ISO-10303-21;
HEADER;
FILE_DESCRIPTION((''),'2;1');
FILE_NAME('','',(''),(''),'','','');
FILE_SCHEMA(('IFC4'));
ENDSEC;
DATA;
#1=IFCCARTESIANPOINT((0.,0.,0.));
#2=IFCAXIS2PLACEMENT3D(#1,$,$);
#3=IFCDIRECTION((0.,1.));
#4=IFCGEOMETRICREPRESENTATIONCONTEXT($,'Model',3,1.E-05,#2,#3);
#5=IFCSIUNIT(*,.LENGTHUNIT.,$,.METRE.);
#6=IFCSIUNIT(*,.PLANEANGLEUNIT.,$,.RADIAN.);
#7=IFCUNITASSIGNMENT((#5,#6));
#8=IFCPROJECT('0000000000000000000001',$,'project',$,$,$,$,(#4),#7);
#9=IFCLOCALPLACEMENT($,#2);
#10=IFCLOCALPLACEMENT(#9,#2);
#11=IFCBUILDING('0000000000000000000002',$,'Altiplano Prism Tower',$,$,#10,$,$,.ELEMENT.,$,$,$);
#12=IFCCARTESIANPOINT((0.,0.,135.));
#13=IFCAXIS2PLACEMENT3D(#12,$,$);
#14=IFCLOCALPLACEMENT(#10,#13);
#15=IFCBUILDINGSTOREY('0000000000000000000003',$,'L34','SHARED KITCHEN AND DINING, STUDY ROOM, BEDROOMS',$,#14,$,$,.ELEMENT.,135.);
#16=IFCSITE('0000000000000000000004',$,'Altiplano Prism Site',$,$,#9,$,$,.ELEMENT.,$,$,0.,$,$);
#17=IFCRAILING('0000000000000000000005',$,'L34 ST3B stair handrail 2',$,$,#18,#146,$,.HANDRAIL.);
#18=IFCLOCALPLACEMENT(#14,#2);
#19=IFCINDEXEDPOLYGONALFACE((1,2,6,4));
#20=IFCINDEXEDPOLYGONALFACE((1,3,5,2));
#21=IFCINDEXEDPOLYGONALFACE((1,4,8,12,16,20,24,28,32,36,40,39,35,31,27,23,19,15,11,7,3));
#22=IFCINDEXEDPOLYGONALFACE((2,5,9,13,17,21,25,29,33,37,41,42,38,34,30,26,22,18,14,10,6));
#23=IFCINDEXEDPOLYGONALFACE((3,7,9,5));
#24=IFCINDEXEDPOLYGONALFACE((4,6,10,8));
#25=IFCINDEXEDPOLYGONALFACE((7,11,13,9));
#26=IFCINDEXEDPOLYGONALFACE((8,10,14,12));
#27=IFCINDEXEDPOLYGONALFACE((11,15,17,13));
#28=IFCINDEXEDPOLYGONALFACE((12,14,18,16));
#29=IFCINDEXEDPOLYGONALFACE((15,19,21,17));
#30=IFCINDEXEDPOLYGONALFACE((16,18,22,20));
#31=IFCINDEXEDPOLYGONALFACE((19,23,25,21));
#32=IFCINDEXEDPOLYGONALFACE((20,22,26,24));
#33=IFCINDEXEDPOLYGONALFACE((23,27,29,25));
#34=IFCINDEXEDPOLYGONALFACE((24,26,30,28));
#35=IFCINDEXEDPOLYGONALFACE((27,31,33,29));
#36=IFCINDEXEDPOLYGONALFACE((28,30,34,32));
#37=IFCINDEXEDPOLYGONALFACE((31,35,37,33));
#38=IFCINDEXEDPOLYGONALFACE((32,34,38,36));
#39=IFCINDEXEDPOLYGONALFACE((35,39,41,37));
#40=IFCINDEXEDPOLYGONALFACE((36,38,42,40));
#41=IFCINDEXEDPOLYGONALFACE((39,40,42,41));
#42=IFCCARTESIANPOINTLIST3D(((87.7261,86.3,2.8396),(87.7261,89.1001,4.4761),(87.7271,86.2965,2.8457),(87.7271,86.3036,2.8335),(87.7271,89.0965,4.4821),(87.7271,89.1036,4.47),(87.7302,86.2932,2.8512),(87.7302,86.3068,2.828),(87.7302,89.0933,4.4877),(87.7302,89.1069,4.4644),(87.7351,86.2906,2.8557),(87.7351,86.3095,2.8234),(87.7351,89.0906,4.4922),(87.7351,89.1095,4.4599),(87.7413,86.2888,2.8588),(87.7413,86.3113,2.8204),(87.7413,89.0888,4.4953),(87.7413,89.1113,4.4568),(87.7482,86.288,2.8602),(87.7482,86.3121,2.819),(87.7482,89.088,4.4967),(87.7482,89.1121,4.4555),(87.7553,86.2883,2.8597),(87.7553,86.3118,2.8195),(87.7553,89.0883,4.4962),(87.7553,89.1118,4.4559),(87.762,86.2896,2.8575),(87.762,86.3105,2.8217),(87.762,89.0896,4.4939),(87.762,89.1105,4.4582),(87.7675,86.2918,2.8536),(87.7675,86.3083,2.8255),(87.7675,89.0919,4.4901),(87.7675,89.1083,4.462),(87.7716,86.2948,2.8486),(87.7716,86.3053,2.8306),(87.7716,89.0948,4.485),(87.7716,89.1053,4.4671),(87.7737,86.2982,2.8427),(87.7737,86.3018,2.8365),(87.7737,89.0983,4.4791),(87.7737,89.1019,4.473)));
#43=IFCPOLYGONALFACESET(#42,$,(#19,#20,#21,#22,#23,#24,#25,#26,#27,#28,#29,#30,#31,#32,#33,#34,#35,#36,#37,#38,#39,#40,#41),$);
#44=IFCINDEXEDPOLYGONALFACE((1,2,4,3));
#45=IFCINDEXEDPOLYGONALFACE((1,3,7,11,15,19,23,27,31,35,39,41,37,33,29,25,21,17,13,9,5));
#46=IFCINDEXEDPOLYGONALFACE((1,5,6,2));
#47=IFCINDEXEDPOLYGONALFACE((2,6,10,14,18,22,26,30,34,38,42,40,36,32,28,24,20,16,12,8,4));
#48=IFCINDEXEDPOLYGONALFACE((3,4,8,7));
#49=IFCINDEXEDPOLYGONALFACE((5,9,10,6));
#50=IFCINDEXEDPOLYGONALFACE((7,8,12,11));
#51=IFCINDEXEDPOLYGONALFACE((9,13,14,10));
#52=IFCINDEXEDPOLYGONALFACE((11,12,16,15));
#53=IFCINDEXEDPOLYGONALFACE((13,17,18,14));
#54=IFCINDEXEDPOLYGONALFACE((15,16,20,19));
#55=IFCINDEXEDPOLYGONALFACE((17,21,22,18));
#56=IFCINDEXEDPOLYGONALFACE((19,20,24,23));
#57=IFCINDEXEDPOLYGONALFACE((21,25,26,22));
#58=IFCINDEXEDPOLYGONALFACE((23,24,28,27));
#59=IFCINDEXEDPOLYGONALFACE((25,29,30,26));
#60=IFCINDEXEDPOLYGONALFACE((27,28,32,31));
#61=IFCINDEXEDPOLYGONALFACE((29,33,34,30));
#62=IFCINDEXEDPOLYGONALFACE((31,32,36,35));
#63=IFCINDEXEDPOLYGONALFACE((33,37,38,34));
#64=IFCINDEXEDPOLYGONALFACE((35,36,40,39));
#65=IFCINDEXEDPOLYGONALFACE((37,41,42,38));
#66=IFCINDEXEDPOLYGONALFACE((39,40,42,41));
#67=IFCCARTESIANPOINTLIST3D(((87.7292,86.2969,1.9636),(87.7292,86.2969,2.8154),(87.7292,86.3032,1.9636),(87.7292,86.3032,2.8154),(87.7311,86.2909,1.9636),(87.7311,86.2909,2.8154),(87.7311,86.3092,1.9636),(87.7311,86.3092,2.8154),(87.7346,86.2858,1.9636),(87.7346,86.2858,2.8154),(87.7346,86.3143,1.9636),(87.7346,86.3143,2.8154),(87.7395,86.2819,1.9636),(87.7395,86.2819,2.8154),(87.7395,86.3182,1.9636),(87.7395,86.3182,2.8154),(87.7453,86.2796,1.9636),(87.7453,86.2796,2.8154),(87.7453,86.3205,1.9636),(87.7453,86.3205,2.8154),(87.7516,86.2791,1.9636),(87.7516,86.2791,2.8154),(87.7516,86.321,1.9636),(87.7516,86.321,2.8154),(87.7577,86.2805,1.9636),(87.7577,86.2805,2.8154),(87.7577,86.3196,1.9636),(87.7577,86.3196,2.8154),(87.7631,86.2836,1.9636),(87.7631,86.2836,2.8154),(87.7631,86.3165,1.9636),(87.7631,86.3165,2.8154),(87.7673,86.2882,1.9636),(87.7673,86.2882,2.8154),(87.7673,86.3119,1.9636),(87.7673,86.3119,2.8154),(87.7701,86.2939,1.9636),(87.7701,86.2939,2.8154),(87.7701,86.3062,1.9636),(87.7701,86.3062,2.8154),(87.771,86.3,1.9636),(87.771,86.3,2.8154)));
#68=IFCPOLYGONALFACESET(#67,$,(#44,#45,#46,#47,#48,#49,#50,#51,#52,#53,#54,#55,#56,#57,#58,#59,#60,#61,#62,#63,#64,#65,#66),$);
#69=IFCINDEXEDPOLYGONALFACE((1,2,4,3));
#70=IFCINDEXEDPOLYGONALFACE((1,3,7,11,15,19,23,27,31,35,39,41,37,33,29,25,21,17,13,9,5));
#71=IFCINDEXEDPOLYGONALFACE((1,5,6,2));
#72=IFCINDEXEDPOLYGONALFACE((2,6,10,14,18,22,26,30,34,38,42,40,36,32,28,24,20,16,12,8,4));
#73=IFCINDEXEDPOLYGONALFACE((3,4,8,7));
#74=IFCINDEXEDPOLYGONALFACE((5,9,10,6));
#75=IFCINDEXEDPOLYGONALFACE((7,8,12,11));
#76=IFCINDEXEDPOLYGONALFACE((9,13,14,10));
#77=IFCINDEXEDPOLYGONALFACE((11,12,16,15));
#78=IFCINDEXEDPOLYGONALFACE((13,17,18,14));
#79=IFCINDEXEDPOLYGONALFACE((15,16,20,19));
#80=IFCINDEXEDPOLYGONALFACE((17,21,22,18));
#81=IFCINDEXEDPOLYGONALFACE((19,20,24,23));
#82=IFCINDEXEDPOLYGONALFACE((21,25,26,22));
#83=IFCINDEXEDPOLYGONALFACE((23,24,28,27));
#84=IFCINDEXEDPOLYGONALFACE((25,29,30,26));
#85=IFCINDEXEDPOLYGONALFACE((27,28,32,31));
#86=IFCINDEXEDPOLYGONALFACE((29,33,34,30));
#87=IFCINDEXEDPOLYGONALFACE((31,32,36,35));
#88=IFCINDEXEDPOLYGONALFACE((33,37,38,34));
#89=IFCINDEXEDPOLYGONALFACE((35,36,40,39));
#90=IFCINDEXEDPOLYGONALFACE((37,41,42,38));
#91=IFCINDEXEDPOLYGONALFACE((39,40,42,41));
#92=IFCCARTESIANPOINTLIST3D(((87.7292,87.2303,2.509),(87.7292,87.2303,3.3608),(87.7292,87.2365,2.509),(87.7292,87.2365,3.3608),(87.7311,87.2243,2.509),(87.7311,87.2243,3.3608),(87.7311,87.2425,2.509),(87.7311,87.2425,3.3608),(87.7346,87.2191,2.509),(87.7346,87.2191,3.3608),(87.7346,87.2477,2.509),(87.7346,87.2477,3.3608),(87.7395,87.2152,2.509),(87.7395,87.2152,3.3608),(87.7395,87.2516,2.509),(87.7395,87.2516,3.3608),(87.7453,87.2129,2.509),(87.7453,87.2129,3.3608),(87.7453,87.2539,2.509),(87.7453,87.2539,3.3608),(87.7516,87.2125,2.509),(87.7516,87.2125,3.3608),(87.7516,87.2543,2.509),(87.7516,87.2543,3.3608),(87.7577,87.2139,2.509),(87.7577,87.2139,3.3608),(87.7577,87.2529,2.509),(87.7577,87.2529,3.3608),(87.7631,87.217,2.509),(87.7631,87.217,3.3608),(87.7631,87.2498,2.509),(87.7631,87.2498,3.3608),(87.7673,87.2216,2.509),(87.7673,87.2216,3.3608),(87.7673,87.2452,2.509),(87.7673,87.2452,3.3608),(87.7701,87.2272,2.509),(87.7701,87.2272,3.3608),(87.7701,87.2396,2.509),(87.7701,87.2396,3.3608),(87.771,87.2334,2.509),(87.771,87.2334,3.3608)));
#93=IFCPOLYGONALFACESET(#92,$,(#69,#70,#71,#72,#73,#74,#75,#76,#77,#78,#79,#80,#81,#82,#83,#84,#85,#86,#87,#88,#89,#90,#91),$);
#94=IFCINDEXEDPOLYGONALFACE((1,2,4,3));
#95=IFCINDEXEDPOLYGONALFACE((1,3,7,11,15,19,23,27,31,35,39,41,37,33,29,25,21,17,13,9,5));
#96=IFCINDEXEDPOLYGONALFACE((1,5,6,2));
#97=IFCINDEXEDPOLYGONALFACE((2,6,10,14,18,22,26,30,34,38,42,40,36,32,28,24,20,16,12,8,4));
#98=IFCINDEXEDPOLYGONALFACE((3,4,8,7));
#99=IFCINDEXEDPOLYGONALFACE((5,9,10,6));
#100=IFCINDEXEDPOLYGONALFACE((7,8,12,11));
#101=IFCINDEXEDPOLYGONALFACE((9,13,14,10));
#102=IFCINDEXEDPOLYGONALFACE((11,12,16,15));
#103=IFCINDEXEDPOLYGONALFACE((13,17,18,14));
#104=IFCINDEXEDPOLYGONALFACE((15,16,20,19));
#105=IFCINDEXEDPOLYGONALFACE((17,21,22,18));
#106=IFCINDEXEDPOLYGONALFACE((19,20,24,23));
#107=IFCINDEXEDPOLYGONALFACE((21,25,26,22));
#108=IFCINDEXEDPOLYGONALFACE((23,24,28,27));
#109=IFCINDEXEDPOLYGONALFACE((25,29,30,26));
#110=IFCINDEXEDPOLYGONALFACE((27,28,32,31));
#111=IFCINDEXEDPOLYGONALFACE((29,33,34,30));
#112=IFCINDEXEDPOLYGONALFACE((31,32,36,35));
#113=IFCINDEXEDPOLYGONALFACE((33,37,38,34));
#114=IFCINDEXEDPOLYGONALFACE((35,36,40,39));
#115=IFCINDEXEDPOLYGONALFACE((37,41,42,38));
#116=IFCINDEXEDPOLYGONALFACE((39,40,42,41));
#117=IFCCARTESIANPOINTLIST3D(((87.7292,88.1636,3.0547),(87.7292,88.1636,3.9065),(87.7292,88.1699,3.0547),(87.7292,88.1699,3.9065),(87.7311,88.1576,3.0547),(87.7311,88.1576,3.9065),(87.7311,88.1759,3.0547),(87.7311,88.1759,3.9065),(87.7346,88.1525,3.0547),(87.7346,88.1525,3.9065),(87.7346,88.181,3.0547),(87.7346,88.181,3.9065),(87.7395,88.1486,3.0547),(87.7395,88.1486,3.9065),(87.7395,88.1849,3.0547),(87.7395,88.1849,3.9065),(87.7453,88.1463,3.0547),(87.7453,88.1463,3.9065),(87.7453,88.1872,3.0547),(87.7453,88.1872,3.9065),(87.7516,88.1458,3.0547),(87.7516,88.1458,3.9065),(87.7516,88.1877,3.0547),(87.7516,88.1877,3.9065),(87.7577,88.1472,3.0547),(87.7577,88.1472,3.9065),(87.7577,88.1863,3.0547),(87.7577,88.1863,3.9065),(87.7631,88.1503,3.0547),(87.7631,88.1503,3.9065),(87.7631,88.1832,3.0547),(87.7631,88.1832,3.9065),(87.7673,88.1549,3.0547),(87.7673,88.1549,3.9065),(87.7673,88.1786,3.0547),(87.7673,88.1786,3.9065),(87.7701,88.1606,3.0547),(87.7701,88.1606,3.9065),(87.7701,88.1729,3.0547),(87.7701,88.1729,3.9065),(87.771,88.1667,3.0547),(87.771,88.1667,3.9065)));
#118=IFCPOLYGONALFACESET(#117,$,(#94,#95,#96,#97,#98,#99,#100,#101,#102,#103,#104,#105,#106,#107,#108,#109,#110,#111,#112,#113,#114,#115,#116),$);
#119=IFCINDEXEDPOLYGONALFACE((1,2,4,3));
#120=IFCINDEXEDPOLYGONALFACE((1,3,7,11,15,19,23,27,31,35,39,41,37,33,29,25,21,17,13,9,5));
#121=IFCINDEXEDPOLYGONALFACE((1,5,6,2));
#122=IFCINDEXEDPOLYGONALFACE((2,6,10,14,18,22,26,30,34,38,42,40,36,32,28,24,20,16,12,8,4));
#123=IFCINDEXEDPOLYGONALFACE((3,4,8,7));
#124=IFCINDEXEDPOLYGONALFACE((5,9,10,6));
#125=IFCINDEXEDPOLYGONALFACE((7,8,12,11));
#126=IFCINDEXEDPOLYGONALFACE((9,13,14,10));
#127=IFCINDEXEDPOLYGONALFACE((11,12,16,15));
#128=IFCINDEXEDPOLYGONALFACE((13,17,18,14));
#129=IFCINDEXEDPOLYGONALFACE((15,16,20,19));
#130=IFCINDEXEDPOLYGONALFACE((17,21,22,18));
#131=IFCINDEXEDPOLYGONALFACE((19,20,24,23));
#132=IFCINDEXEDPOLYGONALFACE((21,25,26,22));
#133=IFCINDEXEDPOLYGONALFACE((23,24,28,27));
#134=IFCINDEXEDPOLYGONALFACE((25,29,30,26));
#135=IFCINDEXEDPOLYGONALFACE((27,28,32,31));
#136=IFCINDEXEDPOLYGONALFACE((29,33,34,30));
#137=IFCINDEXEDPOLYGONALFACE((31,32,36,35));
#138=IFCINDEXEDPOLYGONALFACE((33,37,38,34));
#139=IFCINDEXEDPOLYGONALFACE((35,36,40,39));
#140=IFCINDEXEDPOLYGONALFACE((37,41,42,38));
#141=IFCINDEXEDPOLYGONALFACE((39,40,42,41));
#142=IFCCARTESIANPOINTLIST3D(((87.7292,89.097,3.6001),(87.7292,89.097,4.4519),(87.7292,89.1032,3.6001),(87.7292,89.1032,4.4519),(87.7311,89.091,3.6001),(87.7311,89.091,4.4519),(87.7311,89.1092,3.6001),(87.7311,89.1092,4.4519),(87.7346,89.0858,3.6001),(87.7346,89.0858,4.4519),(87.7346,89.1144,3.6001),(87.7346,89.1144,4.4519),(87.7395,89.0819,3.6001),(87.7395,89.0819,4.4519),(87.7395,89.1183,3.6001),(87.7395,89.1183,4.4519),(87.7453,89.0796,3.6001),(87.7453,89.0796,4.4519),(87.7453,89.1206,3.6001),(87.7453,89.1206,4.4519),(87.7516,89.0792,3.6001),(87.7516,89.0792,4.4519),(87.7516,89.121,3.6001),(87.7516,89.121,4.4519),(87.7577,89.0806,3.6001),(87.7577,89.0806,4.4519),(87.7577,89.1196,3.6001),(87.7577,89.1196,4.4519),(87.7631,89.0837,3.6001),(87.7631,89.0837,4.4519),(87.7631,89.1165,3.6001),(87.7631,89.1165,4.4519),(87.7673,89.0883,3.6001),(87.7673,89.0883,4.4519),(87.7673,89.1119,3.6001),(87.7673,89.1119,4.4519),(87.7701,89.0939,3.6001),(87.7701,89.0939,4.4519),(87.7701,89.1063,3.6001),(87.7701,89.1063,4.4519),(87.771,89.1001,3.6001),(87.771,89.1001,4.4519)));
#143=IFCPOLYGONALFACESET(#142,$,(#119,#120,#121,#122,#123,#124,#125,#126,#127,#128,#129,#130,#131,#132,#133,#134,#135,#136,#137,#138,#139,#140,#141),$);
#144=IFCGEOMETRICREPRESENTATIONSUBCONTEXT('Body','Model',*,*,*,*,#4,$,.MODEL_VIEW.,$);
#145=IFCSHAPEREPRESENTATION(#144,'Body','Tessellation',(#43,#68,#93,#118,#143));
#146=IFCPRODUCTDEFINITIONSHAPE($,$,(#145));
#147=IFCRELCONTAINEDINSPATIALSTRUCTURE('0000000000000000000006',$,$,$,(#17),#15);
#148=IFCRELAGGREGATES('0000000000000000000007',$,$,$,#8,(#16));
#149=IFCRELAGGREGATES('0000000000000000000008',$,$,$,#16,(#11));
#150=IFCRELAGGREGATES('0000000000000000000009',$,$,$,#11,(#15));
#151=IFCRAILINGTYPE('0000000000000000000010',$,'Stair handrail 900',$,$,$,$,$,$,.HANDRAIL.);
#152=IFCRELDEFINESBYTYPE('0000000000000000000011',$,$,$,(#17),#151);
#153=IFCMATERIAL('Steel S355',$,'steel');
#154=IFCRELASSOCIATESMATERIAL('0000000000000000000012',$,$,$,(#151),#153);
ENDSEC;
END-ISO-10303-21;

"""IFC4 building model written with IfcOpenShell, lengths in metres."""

from ifc_helpers import new_model, si_unit, direction, frame, origin, origin_2d, place, context, subcontext, project, spatial, circle, extrude, material, type_object, element, save


model = new_model("IFC4")

# Units and contexts
model_context = context("Model", 3, precision=1e-05, world=origin(), true_north=direction((0.0, 1.0)))
body_context = subcontext(model_context, "Body", "Model", "MODEL_VIEW")
ifc_project = project(units=[si_unit("LENGTHUNIT", "METRE"), si_unit("PLANEANGLEUNIT", "RADIAN")], contexts=[model_context])

# Site, building, storey
site_placement = place(None, origin())
site = spatial("IfcSite", under=ifc_project, at=site_placement, Name="Altiplano Prism Site", CompositionType="ELEMENT", RefElevation=0.0)
building_placement = place(site_placement, origin())
building = spatial("IfcBuilding", under=site, at=building_placement, Name="Altiplano Prism Tower", CompositionType="ELEMENT")
storey_placement = place(building_placement, frame((0.0, 0.0, 135.0)))
storey = spatial("IfcBuildingStorey", under=building, at=storey_placement, Name="L34", Description="SHARED KITCHEN AND DINING, STUDY ROOM, BEDROOMS", CompositionType="ELEMENT", Elevation=135.0)

# Railing
ifc_material_1 = material(Name="Steel S355", Category="steel")
railing_type_1 = type_object("IfcRailingType", Name="Stair handrail 900", PredefinedType="HANDRAIL", material=ifc_material_1)
railing_1_placement = place(storey_placement, frame((87.75, 86.3, 1.9636)))
element("IfcRailing", 1, at=railing_1_placement, inside=storey, type_object=railing_type_1, Name="L34 ST3B stair handrail 2", PredefinedType="HANDRAIL", context=body_context, shape_type="SweptSolid", body=[
    extrude(circle(Radius=0.0239, at=origin_2d()), frame((0.0, 0.0, 0.876), z_axis=(0.0, 0.863361, 0.504587), x_axis=(-1.0, 0.0, 0.0)), (0.0, 0.0, 1.0), 3.2432),
    extrude(circle(Radius=0.021, at=origin_2d()), origin(), (0.0, 0.0, 1.0), 0.8518),
    extrude(circle(Radius=0.021, at=origin_2d()), frame((0.0, 0.9333, 0.5454)), (0.0, 0.0, 1.0), 0.8518),
    extrude(circle(Radius=0.021, at=origin_2d()), frame((0.0, 1.8667, 1.0911)), (0.0, 0.0, 1.0), 0.8518),
    extrude(circle(Radius=0.021, at=origin_2d()), frame((0.0, 2.8, 1.6365)), (0.0, 0.0, 1.0), 0.8518),
])

save(model, "model.ifc")
